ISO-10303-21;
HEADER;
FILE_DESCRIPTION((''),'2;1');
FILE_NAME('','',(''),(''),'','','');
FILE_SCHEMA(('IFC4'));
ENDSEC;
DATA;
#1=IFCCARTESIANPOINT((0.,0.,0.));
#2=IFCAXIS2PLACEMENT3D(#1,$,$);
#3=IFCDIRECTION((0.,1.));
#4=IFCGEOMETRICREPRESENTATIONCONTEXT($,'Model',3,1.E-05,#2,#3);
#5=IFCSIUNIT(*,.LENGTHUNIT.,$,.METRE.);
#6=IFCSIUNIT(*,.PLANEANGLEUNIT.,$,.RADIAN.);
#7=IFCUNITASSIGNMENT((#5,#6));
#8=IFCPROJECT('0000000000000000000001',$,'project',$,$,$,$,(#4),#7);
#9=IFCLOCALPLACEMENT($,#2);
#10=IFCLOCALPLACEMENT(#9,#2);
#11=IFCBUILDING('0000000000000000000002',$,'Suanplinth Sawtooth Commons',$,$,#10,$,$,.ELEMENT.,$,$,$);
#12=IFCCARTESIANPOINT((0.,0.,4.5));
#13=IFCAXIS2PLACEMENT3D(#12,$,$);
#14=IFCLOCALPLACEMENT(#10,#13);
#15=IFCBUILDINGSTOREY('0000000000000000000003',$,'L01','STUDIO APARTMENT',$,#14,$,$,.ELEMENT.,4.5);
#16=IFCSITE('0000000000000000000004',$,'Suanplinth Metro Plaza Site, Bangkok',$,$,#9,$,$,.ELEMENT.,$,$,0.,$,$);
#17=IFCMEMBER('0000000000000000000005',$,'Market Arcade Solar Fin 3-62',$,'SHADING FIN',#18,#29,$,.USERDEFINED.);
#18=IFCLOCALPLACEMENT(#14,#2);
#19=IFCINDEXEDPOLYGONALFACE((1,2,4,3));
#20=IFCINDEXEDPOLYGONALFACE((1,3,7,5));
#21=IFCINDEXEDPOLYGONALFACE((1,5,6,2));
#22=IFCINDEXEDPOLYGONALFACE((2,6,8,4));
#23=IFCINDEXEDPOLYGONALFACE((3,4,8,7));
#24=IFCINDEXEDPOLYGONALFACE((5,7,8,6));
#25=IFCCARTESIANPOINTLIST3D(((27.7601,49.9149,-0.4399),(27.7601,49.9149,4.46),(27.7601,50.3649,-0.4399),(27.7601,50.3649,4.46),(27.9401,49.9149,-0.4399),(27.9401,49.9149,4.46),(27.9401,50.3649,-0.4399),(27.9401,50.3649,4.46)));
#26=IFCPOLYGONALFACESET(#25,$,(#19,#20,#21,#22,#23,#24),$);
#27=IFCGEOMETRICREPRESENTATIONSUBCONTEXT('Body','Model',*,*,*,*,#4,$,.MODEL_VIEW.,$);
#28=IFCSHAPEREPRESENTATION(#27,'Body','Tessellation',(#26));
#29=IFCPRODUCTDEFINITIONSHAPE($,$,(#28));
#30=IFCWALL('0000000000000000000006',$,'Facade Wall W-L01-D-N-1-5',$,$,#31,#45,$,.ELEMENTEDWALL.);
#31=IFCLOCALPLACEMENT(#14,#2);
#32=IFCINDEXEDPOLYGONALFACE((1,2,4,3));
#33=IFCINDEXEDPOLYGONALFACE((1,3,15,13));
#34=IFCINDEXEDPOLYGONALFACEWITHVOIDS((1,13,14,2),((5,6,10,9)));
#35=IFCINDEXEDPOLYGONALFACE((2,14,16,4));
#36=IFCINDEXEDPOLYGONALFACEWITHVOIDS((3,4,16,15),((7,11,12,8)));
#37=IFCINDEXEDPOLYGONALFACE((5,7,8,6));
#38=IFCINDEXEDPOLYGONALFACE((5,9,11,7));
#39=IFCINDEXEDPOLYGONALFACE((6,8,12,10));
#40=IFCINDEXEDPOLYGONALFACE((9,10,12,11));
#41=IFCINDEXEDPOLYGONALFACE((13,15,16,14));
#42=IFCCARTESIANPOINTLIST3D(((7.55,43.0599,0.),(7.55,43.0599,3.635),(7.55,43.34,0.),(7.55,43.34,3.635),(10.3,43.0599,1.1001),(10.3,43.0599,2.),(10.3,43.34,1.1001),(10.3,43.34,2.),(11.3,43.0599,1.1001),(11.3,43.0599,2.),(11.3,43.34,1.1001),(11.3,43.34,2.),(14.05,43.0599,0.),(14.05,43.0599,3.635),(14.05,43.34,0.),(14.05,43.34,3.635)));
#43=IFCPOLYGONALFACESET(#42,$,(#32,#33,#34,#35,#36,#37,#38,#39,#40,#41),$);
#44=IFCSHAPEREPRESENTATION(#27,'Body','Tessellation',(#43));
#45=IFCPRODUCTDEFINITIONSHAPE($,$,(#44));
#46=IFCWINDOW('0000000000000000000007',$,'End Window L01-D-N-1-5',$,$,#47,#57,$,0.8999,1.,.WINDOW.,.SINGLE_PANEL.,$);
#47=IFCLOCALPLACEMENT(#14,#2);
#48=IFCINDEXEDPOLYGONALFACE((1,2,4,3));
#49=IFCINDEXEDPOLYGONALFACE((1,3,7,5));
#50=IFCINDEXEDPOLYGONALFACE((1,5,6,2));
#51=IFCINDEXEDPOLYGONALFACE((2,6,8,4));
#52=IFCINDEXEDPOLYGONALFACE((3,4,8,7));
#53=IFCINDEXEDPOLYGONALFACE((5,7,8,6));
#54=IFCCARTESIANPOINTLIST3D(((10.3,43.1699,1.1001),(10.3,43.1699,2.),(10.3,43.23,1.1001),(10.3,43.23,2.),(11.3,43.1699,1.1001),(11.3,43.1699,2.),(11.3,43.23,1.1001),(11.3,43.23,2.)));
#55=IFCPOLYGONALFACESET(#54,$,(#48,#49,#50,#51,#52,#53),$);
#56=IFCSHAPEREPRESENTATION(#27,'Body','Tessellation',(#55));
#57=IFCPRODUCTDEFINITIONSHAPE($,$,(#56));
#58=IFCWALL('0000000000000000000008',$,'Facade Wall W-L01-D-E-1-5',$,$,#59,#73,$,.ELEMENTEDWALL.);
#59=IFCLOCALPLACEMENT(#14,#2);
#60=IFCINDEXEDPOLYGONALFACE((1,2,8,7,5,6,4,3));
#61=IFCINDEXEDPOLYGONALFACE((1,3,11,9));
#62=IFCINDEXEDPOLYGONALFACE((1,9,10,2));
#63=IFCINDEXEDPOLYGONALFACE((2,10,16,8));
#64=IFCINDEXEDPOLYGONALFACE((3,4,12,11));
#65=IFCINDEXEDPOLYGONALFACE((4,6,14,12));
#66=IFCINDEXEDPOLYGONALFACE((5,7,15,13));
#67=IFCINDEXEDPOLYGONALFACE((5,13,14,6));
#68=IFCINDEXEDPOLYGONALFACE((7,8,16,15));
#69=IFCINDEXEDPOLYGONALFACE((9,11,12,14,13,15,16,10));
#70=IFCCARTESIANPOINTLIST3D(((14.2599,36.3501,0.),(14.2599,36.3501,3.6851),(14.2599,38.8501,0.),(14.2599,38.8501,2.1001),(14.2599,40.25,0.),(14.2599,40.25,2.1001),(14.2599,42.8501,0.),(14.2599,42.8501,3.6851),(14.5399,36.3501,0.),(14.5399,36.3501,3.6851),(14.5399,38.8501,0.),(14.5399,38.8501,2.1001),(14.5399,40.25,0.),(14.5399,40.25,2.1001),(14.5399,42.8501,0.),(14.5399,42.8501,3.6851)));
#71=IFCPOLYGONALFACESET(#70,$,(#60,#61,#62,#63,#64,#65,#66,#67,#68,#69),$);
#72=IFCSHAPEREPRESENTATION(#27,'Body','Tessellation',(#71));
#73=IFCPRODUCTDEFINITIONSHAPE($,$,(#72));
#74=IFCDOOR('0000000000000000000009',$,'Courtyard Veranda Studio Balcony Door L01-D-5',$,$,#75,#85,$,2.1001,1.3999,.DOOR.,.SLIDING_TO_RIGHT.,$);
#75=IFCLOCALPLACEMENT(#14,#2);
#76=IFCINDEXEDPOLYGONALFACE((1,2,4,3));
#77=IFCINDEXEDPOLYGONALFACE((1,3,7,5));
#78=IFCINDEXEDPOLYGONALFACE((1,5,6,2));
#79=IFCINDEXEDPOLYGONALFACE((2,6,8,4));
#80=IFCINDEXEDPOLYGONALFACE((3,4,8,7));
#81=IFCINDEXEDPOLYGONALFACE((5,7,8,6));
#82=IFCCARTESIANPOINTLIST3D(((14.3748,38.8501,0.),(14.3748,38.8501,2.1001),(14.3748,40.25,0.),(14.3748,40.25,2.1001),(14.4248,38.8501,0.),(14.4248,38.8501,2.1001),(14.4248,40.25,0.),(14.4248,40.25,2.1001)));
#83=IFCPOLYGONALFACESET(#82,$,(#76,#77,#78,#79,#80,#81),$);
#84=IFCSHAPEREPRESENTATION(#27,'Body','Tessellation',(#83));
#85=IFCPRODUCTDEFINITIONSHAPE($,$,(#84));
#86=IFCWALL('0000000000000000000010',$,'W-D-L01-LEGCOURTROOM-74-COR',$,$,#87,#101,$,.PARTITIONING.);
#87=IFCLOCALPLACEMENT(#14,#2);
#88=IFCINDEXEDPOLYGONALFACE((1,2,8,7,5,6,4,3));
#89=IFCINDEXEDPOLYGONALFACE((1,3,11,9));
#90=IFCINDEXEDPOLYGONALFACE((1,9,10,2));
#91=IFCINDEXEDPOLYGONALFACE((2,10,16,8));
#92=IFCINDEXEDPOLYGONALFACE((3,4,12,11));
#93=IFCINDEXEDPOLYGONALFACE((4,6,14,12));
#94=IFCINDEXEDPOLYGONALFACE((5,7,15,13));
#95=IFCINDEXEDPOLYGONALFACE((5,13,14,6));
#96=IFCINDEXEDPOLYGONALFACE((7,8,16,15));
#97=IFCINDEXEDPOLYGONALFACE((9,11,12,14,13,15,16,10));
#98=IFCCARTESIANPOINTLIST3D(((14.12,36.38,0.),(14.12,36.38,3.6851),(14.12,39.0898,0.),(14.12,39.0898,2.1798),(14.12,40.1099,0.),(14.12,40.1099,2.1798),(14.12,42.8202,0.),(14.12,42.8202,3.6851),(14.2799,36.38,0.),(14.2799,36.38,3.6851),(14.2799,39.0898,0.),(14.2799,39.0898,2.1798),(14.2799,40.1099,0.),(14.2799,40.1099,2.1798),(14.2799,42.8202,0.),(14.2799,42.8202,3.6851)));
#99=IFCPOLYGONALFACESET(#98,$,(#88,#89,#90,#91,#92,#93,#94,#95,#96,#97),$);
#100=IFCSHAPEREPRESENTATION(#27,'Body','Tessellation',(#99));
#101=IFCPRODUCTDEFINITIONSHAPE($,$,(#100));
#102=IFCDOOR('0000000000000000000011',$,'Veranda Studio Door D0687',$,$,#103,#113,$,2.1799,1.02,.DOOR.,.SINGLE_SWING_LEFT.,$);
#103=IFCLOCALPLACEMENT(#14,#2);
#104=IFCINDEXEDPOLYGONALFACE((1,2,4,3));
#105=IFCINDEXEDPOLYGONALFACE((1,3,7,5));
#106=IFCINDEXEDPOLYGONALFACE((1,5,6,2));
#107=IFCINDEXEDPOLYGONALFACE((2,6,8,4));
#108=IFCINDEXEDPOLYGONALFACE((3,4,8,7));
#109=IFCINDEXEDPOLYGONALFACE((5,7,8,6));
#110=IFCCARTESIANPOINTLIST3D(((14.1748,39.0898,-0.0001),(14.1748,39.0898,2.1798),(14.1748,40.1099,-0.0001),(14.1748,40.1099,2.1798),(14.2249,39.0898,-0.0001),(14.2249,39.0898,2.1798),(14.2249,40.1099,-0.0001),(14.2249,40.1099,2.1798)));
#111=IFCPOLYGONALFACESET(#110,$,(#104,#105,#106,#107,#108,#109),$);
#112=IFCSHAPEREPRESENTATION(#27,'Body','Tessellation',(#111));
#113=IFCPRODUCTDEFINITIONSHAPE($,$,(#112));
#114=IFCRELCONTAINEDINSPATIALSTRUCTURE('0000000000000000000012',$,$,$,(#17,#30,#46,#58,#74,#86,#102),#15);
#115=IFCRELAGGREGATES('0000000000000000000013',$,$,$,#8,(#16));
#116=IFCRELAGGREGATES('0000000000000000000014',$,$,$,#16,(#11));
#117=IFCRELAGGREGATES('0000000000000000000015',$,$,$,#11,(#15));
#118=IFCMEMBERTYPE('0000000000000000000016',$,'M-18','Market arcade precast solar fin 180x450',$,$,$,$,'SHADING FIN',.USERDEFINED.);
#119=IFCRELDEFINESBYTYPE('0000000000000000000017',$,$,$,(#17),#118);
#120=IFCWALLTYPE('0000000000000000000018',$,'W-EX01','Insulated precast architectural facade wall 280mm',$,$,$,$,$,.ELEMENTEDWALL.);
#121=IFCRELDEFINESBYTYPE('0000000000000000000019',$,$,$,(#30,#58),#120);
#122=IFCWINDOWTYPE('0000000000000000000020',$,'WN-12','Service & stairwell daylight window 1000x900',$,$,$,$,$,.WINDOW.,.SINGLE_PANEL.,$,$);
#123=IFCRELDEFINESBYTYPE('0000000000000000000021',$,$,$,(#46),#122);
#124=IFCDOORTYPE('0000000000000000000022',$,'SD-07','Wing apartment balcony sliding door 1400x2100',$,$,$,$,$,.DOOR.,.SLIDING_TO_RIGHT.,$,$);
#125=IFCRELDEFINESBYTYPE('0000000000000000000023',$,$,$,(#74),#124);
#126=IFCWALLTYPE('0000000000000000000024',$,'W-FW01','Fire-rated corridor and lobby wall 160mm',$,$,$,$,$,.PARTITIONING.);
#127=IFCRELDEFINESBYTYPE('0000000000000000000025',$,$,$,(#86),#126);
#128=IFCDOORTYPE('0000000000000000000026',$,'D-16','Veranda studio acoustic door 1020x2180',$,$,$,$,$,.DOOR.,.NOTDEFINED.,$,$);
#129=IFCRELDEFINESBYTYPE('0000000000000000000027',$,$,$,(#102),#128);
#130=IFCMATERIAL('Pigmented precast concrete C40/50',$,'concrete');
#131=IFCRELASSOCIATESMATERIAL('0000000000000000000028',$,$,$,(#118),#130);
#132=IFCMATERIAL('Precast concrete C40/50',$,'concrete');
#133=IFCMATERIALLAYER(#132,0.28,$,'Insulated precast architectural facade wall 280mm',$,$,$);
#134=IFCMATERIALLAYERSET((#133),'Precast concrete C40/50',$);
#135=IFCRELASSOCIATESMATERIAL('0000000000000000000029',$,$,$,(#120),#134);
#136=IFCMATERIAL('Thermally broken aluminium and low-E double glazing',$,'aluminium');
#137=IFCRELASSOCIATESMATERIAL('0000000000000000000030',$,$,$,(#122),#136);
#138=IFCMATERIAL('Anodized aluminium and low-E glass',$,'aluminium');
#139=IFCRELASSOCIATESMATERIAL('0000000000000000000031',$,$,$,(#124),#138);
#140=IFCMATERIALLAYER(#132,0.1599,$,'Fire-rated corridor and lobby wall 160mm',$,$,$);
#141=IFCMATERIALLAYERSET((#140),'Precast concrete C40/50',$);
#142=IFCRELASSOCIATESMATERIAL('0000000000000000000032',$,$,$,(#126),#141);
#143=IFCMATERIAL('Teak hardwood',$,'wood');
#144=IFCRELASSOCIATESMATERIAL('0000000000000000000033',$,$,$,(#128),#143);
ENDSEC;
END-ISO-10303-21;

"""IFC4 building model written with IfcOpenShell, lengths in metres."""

from ifc_helpers import new_model, si_unit, direction, frame, frame_2d, origin, origin_2d, place, context, subcontext, project, spatial, rectangle, extrude, material, layer, layer_set, material_profile, profile_set, type_object, element, fill, save


model = new_model("IFC4")

# Units and contexts
model_context = context("Model", 3, precision=1e-05, world=origin(), true_north=direction((0.0, 1.0)))
body_context = subcontext(model_context, "Body", "Model", "MODEL_VIEW")
ifc_project = project(units=[si_unit("LENGTHUNIT", "METRE"), si_unit("PLANEANGLEUNIT", "RADIAN")], contexts=[model_context])

# Site, building, storey
site_placement = place(None, origin())
site = spatial("IfcSite", under=ifc_project, at=site_placement, Name="Suanplinth Metro Plaza Site, Bangkok", CompositionType="ELEMENT", RefElevation=0.0)
building_placement = place(site_placement, origin())
building = spatial("IfcBuilding", under=site, at=building_placement, Name="Suanplinth Sawtooth Commons", CompositionType="ELEMENT")
storey_placement = place(building_placement, frame((0.0, 0.0, 4.5)))
storey = spatial("IfcBuildingStorey", under=building, at=storey_placement, Name="L01", Description="STUDIO APARTMENT", CompositionType="ELEMENT", Elevation=4.5)

# Shared definitions
ifc_material_1 = material(Name="Precast concrete C40/50", Category="concrete")

# Member
ifc_material_2 = material(Name="Pigmented precast concrete C40/50", Category="concrete")
ifc_material_profile_1 = material_profile(ifc_material_2, rectangle(XDim=0.1799, YDim=0.45, at=origin_2d()), Name="PC-FIN 180x450")
ifc_profile_set_1 = profile_set([ifc_material_profile_1], Name="Pigmented precast concrete C40/50")
member_type_1 = type_object("IfcMemberType", Name="M-18", Description="Market arcade precast solar fin 180x450", ElementType="SHADING FIN", PredefinedType="USERDEFINED", material=ifc_profile_set_1)
for number, where, z_axis, x_axis, name in (
    (1, (27.8501, 50.1399, -0.4399), (0.0, 0.0, 1.0), (1.0, 0.0, 0.0), "Market Arcade Solar Fin 3-62"),
):
    element("IfcMember", number, at=place(storey_placement, frame(where, z_axis=z_axis, x_axis=x_axis)), inside=storey, type_object=member_type_1, Name=name, ObjectType="SHADING FIN", PredefinedType="USERDEFINED", context=body_context, shape_type="SweptSolid", body=[
        extrude(rectangle(XDim=0.1799, YDim=0.45, at=origin_2d()), origin(), (0.0, 0.0, 1.0), 4.8999),
    ])

# Wall, opening, window
ifc_layer_1 = layer(ifc_material_1, 0.28, Name="Insulated precast architectural facade wall 280mm")
ifc_layer_set_1 = layer_set([ifc_layer_1], Name="Precast concrete C40/50")
wall_type_1 = type_object("IfcWallType", Name="W-EX01", Description="Insulated precast architectural facade wall 280mm", PredefinedType="ELEMENTEDWALL", material=ifc_layer_set_1)
wall_1_placement = place(storey_placement, frame((7.55, 43.2, 0.0), z_axis=(0.0, 0.0, 1.0), x_axis=(1.0, 0.0, 0.0)))
wall_1 = element("IfcWall", 2, at=wall_1_placement, inside=storey, type_object=wall_type_1, Name="Facade Wall W-L01-D-N-1-5", PredefinedType="ELEMENTEDWALL", context=body_context, shape_type="SweptSolid", body=[
    extrude(rectangle(XDim=6.5, YDim=0.28, at=frame_2d((3.25, 0.0))), origin(), (0.0, 0.0, 1.0), 3.635),
])
opening_1_placement = place(wall_1_placement, frame((2.75, 0.0, 1.1001)))
opening_1 = element("IfcOpeningElement", 3, at=opening_1_placement, cuts=wall_1, PredefinedType="OPENING", context=body_context, shape_type="SweptSolid", body=[
    extrude(rectangle(XDim=1.0, YDim=0.8999, at=frame_2d((0.5, 0.45))), frame((0.0, 0.1548, 0.0), z_axis=(0.0, -1.0, 0.0), x_axis=(1.0, 0.0, 0.0)), (0.0, 0.0, 1.0), 0.3098),
])
ifc_material_3 = material(Name="Thermally broken aluminium and low-E double glazing", Category="aluminium")
window_type = type_object("IfcWindowType", Name="WN-12", Description="Service & stairwell daylight window 1000x900", PartitioningType="SINGLE_PANEL", PredefinedType="WINDOW", material=ifc_material_3)
window_placement = place(opening_1_placement, origin())
window = element("IfcWindow", 4, at=window_placement, inside=storey, type_object=window_type, Name="End Window L01-D-N-1-5", OverallHeight=0.8999, OverallWidth=1.0, PartitioningType="SINGLE_PANEL", PredefinedType="WINDOW", context=body_context, shape_type="SweptSolid", body=[
    extrude(rectangle(XDim=1.0, YDim=0.8999, at=frame_2d((0.5, 0.45))), frame((0.0, 0.03, 0.0), z_axis=(0.0, -1.0, 0.0), x_axis=(1.0, 0.0, 0.0)), (0.0, 0.0, 1.0), 0.0601),
])
fill(opening_1, window)

# Walls, openings, doors
wall_2_placement = place(storey_placement, frame((14.3999, 36.3501, 0.0), z_axis=(0.0, 0.0, 1.0), x_axis=(0.0, 1.0, 0.0)))
wall_2 = element("IfcWall", 5, at=wall_2_placement, inside=storey, type_object=wall_type_1, Name="Facade Wall W-L01-D-E-1-5", PredefinedType="ELEMENTEDWALL", context=body_context, shape_type="SweptSolid", body=[
    extrude(rectangle(XDim=6.5, YDim=0.28, at=frame_2d((3.25, 0.0))), origin(), (0.0, 0.0, 1.0), 3.6851),
])
opening_2_placement = place(wall_2_placement, frame((2.5, 0.0, 0.0)))
opening_2 = element("IfcOpeningElement", 6, at=opening_2_placement, cuts=wall_2, PredefinedType="OPENING", context=body_context, shape_type="SweptSolid", body=[
    extrude(rectangle(XDim=1.3999, YDim=2.1001, at=frame_2d((0.7, 1.05))), frame((0.0, 0.1548, 0.0), z_axis=(0.0, -1.0, 0.0), x_axis=(1.0, 0.0, 0.0)), (0.0, 0.0, 1.0), 0.3098),
])
ifc_material_4 = material(Name="Anodized aluminium and low-E glass", Category="aluminium")
door_type_1 = type_object("IfcDoorType", Name="SD-07", Description="Wing apartment balcony sliding door 1400x2100", OperationType="SLIDING_TO_RIGHT", PredefinedType="DOOR", material=ifc_material_4)
door_1_placement = place(opening_2_placement, frame((1.3999, 0.0, 0.0), z_axis=(0.0, 0.0, 1.0), x_axis=(-1.0, 0.0, 0.0)))
door_1 = element("IfcDoor", 7, at=door_1_placement, inside=storey, type_object=door_type_1, Name="Courtyard Veranda Studio Balcony Door L01-D-5", OperationType="SLIDING_TO_RIGHT", OverallHeight=2.1001, OverallWidth=1.3999, PredefinedType="DOOR", context=body_context, shape_type="SweptSolid", body=[
    extrude(rectangle(XDim=1.3999, YDim=2.1001, at=frame_2d((0.7, 1.05))), frame((0.0, 0.0249, 0.0), z_axis=(0.0, -1.0, 0.0), x_axis=(1.0, 0.0, 0.0)), (0.0, 0.0, 1.0), 0.05),
])
fill(opening_2, door_1)
ifc_layer_2 = layer(ifc_material_1, 0.1599, Name="Fire-rated corridor and lobby wall 160mm")
ifc_layer_set_2 = layer_set([ifc_layer_2], Name="Precast concrete C40/50")
wall_type_2 = type_object("IfcWallType", Name="W-FW01", Description="Fire-rated corridor and lobby wall 160mm", PredefinedType="PARTITIONING", material=ifc_layer_set_2)
wall_3_placement = place(storey_placement, frame((14.2, 36.3799, 0.0), z_axis=(0.0, 0.0, 1.0), x_axis=(0.0, 1.0, 0.0)))
wall_3 = element("IfcWall", 8, at=wall_3_placement, inside=storey, type_object=wall_type_2, Name="W-D-L01-LEGCOURTROOM-74-COR", PredefinedType="PARTITIONING", context=body_context, shape_type="SweptSolid", body=[
    extrude(rectangle(XDim=6.4402, YDim=0.1599, at=frame_2d((3.2202, 0.0))), origin(), (0.0, 0.0, 1.0), 3.6851),
])
opening_3_placement = place(wall_3_placement, frame((2.71, 0.0, 0.0)))
opening_3 = element("IfcOpeningElement", 9, at=opening_3_placement, cuts=wall_3, PredefinedType="OPENING", context=body_context, shape_type="SweptSolid", body=[
    extrude(rectangle(XDim=1.02, YDim=2.1799, at=frame_2d((0.51, 1.0898))), frame((0.0, 0.0947, 0.0), z_axis=(0.0, -1.0, 0.0), x_axis=(1.0, 0.0, 0.0)), (0.0, 0.0, 1.0), 0.1897),
])
ifc_material_5 = material(Name="Teak hardwood", Category="wood")
door_type_2 = type_object("IfcDoorType", Name="D-16", Description="Veranda studio acoustic door 1020x2180", OperationType="NOTDEFINED", PredefinedType="DOOR", material=ifc_material_5)
door_2_placement = place(opening_3_placement, frame((1.02, 0.0, 0.0), z_axis=(0.0, 0.0, 1.0), x_axis=(-1.0, 0.0, 0.0)))
door_2 = element("IfcDoor", 10, at=door_2_placement, inside=storey, type_object=door_type_2, Name="Veranda Studio Door D0687", OperationType="SINGLE_SWING_LEFT", OverallHeight=2.1799, OverallWidth=1.02, PredefinedType="DOOR", context=body_context, shape_type="SweptSolid", body=[
    extrude(rectangle(XDim=1.02, YDim=2.1799, at=frame_2d((0.51, 1.0898))), frame((0.0, 0.0249, 0.0), z_axis=(0.0, -1.0, 0.0), x_axis=(1.0, 0.0, 0.0)), (0.0, 0.0, 1.0), 0.05),
])
fill(opening_3, door_2)

save(model, "model.ifc")
